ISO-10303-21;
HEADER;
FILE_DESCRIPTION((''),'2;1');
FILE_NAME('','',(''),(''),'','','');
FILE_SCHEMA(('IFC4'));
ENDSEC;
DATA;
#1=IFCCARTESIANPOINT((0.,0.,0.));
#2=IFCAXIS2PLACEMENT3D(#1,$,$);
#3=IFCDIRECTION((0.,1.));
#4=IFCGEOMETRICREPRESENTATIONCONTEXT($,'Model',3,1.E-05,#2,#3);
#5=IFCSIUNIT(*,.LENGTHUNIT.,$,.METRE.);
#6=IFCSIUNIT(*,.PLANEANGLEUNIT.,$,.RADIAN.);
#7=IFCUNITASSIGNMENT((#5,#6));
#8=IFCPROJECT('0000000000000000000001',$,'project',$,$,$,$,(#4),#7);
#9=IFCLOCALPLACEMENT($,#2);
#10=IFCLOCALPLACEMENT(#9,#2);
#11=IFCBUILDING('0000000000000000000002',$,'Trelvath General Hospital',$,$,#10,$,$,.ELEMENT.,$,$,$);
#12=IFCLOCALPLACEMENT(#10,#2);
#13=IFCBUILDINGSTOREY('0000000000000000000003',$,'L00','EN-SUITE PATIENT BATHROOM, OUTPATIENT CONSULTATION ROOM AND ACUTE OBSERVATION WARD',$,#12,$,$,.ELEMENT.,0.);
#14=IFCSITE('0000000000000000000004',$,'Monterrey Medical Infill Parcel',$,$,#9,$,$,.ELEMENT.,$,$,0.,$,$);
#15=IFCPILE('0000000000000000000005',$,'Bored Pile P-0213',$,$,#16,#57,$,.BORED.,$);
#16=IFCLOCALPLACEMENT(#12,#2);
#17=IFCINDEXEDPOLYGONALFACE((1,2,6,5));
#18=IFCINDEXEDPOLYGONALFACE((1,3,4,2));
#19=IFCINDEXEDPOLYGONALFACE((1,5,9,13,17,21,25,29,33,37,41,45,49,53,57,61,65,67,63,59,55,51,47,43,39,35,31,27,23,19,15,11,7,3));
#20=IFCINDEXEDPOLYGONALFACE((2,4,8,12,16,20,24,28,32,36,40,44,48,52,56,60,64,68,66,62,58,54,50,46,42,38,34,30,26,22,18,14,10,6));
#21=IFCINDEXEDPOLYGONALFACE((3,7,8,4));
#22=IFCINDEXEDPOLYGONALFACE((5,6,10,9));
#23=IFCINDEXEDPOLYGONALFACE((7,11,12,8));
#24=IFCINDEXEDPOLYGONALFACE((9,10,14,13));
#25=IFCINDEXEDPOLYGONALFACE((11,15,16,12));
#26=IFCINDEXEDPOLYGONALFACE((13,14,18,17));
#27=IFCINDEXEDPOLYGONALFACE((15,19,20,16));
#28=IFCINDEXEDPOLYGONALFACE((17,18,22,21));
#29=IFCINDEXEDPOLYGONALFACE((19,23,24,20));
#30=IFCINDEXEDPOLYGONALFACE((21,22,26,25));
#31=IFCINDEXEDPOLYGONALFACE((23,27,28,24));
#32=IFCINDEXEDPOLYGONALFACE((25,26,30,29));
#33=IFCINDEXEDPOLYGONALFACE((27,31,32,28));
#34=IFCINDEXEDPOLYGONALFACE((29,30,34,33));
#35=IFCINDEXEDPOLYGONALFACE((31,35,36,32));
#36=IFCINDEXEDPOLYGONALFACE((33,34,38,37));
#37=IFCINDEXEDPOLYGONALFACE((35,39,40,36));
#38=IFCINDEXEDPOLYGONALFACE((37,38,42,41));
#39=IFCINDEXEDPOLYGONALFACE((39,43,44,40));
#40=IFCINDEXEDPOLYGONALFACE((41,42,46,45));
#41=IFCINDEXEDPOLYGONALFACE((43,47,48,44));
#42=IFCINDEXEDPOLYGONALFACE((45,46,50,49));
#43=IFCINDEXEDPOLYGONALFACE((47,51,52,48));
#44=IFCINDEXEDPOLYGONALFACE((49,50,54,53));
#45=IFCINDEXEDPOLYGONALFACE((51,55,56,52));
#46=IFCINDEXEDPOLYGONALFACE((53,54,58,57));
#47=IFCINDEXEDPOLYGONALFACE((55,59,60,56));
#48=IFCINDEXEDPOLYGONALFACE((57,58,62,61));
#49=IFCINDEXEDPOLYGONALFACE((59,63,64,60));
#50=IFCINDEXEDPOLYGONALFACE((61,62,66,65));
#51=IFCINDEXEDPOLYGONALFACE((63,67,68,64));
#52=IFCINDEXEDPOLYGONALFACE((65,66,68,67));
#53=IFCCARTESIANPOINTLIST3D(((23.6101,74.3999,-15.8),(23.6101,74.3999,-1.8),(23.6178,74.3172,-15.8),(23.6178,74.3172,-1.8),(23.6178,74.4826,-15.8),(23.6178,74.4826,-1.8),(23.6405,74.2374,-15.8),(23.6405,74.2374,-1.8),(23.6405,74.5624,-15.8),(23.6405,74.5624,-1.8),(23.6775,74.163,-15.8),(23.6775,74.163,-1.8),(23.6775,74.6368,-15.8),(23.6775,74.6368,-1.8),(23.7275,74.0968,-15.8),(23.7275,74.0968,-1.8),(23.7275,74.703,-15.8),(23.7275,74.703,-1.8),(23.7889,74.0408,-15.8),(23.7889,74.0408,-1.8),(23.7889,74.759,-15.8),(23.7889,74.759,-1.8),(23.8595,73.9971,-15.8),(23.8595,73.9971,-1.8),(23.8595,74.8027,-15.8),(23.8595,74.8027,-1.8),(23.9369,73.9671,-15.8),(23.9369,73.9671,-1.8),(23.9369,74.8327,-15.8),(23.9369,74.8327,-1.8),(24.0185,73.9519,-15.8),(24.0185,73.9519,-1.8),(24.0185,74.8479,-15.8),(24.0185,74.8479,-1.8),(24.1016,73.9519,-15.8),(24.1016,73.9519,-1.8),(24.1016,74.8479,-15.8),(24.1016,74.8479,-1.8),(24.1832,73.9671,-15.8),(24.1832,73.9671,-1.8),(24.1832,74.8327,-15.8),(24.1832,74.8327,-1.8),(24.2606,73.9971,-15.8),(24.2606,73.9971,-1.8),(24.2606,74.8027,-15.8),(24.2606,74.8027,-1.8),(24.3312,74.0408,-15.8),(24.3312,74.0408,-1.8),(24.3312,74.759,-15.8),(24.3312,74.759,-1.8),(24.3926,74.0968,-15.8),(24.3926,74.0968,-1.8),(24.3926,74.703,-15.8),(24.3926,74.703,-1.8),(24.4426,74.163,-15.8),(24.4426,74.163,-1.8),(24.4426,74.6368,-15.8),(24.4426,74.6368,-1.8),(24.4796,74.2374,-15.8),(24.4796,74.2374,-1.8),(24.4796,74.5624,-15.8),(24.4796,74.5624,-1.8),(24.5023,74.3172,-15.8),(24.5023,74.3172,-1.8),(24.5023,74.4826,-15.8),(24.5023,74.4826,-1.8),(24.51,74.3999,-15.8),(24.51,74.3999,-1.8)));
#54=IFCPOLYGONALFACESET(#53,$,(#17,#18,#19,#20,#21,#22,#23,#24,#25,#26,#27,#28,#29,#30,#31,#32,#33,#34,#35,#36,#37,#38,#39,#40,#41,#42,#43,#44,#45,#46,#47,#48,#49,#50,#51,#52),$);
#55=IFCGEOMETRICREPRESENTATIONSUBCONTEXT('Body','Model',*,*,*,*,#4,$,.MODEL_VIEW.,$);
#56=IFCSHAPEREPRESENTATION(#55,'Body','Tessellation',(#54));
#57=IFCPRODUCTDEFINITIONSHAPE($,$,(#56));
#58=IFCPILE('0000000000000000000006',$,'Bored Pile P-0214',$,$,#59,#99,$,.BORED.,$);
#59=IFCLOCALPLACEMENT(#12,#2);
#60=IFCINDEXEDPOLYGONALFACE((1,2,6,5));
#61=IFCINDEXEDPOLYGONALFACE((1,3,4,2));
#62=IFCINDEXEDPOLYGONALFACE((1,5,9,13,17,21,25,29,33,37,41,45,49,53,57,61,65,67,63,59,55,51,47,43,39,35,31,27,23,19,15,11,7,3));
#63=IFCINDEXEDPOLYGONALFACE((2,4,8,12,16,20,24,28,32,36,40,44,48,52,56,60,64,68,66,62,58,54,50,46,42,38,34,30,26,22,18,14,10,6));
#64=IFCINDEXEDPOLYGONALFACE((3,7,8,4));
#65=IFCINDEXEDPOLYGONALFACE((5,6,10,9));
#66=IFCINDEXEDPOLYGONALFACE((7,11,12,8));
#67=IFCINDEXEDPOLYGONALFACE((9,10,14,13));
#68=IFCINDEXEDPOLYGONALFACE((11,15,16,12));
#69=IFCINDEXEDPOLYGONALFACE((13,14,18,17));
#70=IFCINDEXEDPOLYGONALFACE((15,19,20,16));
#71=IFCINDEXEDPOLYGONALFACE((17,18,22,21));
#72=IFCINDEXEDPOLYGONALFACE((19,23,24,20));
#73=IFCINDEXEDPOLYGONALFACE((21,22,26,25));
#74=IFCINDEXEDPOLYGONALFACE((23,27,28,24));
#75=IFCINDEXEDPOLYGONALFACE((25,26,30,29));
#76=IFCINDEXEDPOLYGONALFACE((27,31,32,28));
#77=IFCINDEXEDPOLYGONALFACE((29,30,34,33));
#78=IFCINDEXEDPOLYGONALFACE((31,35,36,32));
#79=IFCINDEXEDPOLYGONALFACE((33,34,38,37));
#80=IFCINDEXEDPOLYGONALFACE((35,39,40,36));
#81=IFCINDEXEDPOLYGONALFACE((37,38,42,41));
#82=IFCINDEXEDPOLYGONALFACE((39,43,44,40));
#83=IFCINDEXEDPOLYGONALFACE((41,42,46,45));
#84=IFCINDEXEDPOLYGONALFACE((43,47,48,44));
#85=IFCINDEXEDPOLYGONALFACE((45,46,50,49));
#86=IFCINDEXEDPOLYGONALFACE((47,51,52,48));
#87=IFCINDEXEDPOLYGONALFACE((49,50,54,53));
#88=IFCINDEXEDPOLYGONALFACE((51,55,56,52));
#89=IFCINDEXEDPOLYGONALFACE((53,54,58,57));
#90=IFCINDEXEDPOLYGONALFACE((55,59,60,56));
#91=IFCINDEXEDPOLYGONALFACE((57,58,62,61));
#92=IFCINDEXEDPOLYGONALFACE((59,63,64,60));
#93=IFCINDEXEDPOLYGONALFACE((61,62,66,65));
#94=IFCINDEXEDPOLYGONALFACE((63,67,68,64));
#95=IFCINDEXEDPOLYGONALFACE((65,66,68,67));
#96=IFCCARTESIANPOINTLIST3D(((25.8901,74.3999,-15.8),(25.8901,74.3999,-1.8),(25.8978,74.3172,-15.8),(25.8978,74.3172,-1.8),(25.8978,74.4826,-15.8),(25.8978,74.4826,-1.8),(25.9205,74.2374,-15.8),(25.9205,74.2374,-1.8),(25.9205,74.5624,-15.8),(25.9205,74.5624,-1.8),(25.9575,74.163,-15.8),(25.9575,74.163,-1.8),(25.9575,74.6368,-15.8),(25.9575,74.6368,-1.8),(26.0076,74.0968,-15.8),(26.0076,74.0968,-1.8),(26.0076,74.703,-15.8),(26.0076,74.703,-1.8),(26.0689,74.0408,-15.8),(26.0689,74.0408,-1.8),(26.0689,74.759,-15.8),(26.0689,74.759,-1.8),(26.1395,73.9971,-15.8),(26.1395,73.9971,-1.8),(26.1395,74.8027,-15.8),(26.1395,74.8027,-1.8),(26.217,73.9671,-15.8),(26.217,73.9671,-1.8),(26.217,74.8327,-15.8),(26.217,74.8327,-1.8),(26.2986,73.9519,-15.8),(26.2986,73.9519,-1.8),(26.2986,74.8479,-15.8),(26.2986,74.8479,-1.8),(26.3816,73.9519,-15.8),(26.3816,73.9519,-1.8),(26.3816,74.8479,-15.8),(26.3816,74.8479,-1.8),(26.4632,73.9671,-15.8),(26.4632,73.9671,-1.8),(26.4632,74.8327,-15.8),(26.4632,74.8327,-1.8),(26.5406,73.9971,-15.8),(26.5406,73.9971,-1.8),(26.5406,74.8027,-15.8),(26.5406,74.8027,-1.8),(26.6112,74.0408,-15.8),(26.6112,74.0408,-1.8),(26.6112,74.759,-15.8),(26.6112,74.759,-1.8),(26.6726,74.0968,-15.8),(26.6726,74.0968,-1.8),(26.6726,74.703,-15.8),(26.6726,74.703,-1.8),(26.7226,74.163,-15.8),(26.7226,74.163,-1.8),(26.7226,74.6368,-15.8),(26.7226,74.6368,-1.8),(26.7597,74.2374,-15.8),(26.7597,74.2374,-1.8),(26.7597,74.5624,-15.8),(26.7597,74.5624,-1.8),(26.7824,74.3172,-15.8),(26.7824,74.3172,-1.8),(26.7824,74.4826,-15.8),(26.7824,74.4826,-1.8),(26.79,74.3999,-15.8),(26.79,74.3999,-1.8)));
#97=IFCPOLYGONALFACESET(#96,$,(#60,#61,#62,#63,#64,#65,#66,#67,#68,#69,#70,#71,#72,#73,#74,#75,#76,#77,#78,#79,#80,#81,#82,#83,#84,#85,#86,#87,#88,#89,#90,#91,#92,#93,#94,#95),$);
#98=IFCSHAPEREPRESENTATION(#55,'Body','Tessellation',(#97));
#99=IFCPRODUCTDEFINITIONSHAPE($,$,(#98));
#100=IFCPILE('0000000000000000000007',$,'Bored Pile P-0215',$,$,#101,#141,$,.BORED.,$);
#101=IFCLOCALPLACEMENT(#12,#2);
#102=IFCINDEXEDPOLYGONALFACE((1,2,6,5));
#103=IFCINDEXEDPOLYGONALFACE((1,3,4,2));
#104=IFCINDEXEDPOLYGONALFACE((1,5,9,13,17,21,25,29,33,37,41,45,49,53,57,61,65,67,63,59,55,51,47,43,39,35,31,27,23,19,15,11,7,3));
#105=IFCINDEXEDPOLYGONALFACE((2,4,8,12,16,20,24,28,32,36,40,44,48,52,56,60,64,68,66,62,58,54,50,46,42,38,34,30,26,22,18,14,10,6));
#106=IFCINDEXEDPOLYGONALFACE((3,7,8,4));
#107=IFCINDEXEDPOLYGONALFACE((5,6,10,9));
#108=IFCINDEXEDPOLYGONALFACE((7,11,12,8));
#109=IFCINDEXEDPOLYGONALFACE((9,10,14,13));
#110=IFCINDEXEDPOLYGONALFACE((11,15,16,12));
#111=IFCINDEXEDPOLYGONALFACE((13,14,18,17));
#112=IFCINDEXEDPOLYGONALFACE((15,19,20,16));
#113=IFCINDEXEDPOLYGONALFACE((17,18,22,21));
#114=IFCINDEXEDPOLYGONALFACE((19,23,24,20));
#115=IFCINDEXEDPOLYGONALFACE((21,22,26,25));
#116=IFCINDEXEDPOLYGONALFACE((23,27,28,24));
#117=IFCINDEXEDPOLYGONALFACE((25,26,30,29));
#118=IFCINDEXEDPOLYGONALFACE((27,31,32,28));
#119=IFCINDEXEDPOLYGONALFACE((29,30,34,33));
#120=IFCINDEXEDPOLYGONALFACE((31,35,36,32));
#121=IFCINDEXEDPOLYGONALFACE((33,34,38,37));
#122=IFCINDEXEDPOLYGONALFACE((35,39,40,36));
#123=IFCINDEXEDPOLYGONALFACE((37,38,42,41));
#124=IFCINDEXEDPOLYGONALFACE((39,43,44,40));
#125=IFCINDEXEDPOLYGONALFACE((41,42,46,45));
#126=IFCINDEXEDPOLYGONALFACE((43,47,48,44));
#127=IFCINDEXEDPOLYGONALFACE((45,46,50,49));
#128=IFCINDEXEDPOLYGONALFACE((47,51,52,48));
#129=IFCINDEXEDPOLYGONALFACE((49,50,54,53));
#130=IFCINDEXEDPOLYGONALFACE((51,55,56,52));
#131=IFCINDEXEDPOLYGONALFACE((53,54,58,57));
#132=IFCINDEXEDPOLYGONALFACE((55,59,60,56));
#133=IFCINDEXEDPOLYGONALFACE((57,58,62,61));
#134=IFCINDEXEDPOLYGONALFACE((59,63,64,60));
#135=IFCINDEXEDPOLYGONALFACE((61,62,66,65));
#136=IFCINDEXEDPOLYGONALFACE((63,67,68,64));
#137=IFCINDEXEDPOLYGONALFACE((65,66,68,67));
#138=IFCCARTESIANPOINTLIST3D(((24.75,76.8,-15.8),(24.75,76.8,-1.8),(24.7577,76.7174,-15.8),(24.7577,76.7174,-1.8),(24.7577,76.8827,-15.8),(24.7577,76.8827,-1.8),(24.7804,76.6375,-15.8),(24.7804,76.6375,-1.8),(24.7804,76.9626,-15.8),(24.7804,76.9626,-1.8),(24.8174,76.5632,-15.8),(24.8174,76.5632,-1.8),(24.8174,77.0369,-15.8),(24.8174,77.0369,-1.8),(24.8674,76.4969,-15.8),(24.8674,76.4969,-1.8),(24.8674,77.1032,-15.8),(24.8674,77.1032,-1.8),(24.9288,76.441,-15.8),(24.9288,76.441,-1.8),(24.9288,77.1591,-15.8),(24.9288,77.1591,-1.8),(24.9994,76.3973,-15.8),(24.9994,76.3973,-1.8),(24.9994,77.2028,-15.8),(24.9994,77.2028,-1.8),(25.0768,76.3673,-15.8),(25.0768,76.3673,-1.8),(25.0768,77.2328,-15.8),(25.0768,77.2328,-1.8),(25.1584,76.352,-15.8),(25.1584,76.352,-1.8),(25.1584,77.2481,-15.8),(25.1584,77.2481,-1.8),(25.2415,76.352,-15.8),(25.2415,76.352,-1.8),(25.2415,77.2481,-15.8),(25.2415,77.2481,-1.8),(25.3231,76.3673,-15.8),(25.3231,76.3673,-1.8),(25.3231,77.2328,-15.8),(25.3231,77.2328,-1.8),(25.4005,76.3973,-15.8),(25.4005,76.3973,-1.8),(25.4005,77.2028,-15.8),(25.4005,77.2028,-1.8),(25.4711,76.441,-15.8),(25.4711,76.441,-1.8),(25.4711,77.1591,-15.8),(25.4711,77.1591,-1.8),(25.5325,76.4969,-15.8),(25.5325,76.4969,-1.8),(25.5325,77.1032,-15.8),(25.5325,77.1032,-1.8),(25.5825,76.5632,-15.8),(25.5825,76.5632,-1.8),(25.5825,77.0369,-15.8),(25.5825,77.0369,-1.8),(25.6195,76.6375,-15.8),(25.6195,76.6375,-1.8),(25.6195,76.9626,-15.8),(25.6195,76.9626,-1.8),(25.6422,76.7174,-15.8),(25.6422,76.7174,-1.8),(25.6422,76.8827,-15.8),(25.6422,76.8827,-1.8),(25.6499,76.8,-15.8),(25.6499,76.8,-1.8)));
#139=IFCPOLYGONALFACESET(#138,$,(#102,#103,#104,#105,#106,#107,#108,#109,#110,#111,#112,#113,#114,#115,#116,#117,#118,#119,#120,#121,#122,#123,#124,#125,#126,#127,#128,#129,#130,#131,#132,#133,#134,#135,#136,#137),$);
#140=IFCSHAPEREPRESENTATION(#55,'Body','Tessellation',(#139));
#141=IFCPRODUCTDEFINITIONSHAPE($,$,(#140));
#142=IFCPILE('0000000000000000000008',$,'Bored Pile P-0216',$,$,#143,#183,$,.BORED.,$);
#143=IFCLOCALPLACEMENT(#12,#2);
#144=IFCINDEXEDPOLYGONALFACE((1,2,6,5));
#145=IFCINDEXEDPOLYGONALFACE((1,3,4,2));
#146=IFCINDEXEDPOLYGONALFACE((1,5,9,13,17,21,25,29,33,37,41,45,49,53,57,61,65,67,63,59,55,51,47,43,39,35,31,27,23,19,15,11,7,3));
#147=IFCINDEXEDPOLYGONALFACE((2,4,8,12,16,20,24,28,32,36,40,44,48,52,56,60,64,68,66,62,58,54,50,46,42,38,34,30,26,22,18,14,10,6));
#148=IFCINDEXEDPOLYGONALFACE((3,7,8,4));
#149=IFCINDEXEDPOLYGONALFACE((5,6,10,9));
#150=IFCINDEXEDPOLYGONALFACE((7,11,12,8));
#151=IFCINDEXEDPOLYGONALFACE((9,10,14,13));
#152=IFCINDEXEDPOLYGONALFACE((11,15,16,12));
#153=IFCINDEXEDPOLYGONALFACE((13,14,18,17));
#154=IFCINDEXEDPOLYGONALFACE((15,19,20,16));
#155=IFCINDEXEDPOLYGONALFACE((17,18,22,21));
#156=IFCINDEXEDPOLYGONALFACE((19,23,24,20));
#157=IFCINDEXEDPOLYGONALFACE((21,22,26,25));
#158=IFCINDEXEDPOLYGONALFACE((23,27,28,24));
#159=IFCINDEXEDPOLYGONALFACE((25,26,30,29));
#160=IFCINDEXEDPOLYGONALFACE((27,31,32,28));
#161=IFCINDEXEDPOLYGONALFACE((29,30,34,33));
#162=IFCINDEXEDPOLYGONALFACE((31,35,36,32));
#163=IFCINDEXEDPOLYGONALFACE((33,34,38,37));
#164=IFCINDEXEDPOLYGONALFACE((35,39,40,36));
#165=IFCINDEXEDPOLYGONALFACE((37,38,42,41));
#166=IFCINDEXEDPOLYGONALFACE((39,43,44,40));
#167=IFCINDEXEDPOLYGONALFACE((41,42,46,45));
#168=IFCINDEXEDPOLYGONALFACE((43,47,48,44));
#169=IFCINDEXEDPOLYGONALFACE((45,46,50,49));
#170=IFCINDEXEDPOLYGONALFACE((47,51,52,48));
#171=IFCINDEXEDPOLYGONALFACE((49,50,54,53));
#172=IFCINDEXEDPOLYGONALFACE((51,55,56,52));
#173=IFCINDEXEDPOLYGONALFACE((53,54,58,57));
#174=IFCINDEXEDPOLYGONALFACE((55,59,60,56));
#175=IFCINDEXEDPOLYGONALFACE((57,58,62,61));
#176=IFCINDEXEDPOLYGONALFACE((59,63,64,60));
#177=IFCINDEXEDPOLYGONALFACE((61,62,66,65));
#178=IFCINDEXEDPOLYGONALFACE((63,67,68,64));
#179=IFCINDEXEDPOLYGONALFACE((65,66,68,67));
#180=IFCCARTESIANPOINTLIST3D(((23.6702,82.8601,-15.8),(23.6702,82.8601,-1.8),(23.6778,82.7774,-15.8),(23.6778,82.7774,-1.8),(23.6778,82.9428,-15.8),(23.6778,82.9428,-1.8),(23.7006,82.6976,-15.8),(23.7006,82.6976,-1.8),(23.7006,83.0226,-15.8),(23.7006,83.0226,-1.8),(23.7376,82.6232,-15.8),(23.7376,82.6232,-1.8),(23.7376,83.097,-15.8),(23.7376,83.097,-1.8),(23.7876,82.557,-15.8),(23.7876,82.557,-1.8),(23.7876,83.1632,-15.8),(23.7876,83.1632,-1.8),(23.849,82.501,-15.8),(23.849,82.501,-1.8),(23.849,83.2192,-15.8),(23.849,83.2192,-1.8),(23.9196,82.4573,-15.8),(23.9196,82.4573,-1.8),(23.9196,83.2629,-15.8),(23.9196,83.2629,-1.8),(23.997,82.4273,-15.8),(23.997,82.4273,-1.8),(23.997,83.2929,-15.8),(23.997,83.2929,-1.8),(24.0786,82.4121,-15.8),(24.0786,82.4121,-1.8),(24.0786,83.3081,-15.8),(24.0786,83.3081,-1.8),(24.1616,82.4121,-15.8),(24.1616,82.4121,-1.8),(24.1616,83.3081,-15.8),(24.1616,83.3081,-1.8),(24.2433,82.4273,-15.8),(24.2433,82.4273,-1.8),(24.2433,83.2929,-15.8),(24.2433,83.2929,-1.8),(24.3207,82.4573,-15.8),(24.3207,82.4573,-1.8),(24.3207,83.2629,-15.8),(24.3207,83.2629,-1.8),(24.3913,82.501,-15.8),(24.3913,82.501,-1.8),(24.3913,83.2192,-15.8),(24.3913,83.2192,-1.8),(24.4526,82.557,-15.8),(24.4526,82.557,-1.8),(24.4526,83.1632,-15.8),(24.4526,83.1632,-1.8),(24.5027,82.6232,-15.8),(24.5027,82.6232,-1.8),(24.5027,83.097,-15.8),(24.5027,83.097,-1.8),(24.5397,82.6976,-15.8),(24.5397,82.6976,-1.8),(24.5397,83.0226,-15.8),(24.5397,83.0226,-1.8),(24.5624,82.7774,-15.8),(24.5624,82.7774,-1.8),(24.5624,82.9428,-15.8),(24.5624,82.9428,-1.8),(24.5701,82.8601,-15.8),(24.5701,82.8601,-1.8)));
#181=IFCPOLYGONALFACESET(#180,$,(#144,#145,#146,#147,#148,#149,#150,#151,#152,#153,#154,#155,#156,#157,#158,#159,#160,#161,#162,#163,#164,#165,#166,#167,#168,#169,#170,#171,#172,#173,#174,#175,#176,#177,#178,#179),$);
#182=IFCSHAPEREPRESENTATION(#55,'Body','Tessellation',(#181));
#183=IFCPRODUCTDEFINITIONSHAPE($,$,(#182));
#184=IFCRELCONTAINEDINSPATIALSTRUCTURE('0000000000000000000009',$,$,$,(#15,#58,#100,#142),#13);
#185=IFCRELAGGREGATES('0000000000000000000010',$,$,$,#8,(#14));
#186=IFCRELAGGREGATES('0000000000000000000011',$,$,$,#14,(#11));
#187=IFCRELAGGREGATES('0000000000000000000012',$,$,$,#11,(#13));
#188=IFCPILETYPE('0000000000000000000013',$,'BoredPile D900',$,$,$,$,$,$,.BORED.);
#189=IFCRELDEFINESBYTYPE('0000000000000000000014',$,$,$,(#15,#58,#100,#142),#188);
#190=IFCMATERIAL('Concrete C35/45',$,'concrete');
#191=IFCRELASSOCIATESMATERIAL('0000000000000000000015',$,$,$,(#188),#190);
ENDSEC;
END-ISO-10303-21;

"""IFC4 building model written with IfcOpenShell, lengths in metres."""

from ifc_helpers import new_model, si_unit, direction, frame, origin, origin_2d, place, context, subcontext, project, spatial, circle, extrude, material, material_profile, profile_set, type_object, element, save


model = new_model("IFC4")

# Units and contexts
model_context = context("Model", 3, precision=1e-05, world=origin(), true_north=direction((0.0, 1.0)))
body_context = subcontext(model_context, "Body", "Model", "MODEL_VIEW")
ifc_project = project(units=[si_unit("LENGTHUNIT", "METRE"), si_unit("PLANEANGLEUNIT", "RADIAN")], contexts=[model_context])

# Site, building, storey
site_placement = place(None, origin())
site = spatial("IfcSite", under=ifc_project, at=site_placement, Name="Monterrey Medical Infill Parcel", CompositionType="ELEMENT", RefElevation=0.0)
building_placement = place(site_placement, origin())
building = spatial("IfcBuilding", under=site, at=building_placement, Name="Trelvath General Hospital", CompositionType="ELEMENT")
storey_placement = place(building_placement, origin())
storey = spatial("IfcBuildingStorey", under=building, at=storey_placement, Name="L00", Description="EN-SUITE PATIENT BATHROOM, OUTPATIENT CONSULTATION ROOM AND ACUTE OBSERVATION WARD", CompositionType="ELEMENT", Elevation=0.0)

# Piles
ifc_material_1 = material(Name="Concrete C35/45", Category="concrete")
ifc_material_profile_1 = material_profile(ifc_material_1, circle(Radius=0.45, at=origin_2d()), Name="PILE900")
ifc_profile_set_1 = profile_set([ifc_material_profile_1], Name="Concrete C35/45")
pile_type = type_object("IfcPileType", Name="BoredPile D900", PredefinedType="BORED", material=ifc_profile_set_1)
for number, where, z_axis, x_axis, name in (
    (1, (24.0601, 74.3999, -1.8), (0.0, 0.0, -1.0), (1.0, 0.0, 0.0), "Bored Pile P-0213"),
    (2, (26.3401, 74.3999, -1.8), (0.0, 0.0, -1.0), (1.0, 0.0, 0.0), "Bored Pile P-0214"),
    (3, (25.2, 76.8, -1.8), (0.0, 0.0, -1.0), (1.0, 0.0, 0.0), "Bored Pile P-0215"),
    (4, (24.1201, 82.8601, -1.8), (0.0, 0.0, -1.0), (1.0, 0.0, 0.0), "Bored Pile P-0216"),
):
    element("IfcPile", number, at=place(storey_placement, frame(where, z_axis=z_axis, x_axis=x_axis)), inside=storey, type_object=pile_type, Name=name, PredefinedType="BORED", context=body_context, shape_type="SweptSolid", body=[
        extrude(circle(Radius=0.45, at=origin_2d()), origin(), (0.0, 0.0, 1.0), 14.0),
    ])

save(model, "model.ifc")
